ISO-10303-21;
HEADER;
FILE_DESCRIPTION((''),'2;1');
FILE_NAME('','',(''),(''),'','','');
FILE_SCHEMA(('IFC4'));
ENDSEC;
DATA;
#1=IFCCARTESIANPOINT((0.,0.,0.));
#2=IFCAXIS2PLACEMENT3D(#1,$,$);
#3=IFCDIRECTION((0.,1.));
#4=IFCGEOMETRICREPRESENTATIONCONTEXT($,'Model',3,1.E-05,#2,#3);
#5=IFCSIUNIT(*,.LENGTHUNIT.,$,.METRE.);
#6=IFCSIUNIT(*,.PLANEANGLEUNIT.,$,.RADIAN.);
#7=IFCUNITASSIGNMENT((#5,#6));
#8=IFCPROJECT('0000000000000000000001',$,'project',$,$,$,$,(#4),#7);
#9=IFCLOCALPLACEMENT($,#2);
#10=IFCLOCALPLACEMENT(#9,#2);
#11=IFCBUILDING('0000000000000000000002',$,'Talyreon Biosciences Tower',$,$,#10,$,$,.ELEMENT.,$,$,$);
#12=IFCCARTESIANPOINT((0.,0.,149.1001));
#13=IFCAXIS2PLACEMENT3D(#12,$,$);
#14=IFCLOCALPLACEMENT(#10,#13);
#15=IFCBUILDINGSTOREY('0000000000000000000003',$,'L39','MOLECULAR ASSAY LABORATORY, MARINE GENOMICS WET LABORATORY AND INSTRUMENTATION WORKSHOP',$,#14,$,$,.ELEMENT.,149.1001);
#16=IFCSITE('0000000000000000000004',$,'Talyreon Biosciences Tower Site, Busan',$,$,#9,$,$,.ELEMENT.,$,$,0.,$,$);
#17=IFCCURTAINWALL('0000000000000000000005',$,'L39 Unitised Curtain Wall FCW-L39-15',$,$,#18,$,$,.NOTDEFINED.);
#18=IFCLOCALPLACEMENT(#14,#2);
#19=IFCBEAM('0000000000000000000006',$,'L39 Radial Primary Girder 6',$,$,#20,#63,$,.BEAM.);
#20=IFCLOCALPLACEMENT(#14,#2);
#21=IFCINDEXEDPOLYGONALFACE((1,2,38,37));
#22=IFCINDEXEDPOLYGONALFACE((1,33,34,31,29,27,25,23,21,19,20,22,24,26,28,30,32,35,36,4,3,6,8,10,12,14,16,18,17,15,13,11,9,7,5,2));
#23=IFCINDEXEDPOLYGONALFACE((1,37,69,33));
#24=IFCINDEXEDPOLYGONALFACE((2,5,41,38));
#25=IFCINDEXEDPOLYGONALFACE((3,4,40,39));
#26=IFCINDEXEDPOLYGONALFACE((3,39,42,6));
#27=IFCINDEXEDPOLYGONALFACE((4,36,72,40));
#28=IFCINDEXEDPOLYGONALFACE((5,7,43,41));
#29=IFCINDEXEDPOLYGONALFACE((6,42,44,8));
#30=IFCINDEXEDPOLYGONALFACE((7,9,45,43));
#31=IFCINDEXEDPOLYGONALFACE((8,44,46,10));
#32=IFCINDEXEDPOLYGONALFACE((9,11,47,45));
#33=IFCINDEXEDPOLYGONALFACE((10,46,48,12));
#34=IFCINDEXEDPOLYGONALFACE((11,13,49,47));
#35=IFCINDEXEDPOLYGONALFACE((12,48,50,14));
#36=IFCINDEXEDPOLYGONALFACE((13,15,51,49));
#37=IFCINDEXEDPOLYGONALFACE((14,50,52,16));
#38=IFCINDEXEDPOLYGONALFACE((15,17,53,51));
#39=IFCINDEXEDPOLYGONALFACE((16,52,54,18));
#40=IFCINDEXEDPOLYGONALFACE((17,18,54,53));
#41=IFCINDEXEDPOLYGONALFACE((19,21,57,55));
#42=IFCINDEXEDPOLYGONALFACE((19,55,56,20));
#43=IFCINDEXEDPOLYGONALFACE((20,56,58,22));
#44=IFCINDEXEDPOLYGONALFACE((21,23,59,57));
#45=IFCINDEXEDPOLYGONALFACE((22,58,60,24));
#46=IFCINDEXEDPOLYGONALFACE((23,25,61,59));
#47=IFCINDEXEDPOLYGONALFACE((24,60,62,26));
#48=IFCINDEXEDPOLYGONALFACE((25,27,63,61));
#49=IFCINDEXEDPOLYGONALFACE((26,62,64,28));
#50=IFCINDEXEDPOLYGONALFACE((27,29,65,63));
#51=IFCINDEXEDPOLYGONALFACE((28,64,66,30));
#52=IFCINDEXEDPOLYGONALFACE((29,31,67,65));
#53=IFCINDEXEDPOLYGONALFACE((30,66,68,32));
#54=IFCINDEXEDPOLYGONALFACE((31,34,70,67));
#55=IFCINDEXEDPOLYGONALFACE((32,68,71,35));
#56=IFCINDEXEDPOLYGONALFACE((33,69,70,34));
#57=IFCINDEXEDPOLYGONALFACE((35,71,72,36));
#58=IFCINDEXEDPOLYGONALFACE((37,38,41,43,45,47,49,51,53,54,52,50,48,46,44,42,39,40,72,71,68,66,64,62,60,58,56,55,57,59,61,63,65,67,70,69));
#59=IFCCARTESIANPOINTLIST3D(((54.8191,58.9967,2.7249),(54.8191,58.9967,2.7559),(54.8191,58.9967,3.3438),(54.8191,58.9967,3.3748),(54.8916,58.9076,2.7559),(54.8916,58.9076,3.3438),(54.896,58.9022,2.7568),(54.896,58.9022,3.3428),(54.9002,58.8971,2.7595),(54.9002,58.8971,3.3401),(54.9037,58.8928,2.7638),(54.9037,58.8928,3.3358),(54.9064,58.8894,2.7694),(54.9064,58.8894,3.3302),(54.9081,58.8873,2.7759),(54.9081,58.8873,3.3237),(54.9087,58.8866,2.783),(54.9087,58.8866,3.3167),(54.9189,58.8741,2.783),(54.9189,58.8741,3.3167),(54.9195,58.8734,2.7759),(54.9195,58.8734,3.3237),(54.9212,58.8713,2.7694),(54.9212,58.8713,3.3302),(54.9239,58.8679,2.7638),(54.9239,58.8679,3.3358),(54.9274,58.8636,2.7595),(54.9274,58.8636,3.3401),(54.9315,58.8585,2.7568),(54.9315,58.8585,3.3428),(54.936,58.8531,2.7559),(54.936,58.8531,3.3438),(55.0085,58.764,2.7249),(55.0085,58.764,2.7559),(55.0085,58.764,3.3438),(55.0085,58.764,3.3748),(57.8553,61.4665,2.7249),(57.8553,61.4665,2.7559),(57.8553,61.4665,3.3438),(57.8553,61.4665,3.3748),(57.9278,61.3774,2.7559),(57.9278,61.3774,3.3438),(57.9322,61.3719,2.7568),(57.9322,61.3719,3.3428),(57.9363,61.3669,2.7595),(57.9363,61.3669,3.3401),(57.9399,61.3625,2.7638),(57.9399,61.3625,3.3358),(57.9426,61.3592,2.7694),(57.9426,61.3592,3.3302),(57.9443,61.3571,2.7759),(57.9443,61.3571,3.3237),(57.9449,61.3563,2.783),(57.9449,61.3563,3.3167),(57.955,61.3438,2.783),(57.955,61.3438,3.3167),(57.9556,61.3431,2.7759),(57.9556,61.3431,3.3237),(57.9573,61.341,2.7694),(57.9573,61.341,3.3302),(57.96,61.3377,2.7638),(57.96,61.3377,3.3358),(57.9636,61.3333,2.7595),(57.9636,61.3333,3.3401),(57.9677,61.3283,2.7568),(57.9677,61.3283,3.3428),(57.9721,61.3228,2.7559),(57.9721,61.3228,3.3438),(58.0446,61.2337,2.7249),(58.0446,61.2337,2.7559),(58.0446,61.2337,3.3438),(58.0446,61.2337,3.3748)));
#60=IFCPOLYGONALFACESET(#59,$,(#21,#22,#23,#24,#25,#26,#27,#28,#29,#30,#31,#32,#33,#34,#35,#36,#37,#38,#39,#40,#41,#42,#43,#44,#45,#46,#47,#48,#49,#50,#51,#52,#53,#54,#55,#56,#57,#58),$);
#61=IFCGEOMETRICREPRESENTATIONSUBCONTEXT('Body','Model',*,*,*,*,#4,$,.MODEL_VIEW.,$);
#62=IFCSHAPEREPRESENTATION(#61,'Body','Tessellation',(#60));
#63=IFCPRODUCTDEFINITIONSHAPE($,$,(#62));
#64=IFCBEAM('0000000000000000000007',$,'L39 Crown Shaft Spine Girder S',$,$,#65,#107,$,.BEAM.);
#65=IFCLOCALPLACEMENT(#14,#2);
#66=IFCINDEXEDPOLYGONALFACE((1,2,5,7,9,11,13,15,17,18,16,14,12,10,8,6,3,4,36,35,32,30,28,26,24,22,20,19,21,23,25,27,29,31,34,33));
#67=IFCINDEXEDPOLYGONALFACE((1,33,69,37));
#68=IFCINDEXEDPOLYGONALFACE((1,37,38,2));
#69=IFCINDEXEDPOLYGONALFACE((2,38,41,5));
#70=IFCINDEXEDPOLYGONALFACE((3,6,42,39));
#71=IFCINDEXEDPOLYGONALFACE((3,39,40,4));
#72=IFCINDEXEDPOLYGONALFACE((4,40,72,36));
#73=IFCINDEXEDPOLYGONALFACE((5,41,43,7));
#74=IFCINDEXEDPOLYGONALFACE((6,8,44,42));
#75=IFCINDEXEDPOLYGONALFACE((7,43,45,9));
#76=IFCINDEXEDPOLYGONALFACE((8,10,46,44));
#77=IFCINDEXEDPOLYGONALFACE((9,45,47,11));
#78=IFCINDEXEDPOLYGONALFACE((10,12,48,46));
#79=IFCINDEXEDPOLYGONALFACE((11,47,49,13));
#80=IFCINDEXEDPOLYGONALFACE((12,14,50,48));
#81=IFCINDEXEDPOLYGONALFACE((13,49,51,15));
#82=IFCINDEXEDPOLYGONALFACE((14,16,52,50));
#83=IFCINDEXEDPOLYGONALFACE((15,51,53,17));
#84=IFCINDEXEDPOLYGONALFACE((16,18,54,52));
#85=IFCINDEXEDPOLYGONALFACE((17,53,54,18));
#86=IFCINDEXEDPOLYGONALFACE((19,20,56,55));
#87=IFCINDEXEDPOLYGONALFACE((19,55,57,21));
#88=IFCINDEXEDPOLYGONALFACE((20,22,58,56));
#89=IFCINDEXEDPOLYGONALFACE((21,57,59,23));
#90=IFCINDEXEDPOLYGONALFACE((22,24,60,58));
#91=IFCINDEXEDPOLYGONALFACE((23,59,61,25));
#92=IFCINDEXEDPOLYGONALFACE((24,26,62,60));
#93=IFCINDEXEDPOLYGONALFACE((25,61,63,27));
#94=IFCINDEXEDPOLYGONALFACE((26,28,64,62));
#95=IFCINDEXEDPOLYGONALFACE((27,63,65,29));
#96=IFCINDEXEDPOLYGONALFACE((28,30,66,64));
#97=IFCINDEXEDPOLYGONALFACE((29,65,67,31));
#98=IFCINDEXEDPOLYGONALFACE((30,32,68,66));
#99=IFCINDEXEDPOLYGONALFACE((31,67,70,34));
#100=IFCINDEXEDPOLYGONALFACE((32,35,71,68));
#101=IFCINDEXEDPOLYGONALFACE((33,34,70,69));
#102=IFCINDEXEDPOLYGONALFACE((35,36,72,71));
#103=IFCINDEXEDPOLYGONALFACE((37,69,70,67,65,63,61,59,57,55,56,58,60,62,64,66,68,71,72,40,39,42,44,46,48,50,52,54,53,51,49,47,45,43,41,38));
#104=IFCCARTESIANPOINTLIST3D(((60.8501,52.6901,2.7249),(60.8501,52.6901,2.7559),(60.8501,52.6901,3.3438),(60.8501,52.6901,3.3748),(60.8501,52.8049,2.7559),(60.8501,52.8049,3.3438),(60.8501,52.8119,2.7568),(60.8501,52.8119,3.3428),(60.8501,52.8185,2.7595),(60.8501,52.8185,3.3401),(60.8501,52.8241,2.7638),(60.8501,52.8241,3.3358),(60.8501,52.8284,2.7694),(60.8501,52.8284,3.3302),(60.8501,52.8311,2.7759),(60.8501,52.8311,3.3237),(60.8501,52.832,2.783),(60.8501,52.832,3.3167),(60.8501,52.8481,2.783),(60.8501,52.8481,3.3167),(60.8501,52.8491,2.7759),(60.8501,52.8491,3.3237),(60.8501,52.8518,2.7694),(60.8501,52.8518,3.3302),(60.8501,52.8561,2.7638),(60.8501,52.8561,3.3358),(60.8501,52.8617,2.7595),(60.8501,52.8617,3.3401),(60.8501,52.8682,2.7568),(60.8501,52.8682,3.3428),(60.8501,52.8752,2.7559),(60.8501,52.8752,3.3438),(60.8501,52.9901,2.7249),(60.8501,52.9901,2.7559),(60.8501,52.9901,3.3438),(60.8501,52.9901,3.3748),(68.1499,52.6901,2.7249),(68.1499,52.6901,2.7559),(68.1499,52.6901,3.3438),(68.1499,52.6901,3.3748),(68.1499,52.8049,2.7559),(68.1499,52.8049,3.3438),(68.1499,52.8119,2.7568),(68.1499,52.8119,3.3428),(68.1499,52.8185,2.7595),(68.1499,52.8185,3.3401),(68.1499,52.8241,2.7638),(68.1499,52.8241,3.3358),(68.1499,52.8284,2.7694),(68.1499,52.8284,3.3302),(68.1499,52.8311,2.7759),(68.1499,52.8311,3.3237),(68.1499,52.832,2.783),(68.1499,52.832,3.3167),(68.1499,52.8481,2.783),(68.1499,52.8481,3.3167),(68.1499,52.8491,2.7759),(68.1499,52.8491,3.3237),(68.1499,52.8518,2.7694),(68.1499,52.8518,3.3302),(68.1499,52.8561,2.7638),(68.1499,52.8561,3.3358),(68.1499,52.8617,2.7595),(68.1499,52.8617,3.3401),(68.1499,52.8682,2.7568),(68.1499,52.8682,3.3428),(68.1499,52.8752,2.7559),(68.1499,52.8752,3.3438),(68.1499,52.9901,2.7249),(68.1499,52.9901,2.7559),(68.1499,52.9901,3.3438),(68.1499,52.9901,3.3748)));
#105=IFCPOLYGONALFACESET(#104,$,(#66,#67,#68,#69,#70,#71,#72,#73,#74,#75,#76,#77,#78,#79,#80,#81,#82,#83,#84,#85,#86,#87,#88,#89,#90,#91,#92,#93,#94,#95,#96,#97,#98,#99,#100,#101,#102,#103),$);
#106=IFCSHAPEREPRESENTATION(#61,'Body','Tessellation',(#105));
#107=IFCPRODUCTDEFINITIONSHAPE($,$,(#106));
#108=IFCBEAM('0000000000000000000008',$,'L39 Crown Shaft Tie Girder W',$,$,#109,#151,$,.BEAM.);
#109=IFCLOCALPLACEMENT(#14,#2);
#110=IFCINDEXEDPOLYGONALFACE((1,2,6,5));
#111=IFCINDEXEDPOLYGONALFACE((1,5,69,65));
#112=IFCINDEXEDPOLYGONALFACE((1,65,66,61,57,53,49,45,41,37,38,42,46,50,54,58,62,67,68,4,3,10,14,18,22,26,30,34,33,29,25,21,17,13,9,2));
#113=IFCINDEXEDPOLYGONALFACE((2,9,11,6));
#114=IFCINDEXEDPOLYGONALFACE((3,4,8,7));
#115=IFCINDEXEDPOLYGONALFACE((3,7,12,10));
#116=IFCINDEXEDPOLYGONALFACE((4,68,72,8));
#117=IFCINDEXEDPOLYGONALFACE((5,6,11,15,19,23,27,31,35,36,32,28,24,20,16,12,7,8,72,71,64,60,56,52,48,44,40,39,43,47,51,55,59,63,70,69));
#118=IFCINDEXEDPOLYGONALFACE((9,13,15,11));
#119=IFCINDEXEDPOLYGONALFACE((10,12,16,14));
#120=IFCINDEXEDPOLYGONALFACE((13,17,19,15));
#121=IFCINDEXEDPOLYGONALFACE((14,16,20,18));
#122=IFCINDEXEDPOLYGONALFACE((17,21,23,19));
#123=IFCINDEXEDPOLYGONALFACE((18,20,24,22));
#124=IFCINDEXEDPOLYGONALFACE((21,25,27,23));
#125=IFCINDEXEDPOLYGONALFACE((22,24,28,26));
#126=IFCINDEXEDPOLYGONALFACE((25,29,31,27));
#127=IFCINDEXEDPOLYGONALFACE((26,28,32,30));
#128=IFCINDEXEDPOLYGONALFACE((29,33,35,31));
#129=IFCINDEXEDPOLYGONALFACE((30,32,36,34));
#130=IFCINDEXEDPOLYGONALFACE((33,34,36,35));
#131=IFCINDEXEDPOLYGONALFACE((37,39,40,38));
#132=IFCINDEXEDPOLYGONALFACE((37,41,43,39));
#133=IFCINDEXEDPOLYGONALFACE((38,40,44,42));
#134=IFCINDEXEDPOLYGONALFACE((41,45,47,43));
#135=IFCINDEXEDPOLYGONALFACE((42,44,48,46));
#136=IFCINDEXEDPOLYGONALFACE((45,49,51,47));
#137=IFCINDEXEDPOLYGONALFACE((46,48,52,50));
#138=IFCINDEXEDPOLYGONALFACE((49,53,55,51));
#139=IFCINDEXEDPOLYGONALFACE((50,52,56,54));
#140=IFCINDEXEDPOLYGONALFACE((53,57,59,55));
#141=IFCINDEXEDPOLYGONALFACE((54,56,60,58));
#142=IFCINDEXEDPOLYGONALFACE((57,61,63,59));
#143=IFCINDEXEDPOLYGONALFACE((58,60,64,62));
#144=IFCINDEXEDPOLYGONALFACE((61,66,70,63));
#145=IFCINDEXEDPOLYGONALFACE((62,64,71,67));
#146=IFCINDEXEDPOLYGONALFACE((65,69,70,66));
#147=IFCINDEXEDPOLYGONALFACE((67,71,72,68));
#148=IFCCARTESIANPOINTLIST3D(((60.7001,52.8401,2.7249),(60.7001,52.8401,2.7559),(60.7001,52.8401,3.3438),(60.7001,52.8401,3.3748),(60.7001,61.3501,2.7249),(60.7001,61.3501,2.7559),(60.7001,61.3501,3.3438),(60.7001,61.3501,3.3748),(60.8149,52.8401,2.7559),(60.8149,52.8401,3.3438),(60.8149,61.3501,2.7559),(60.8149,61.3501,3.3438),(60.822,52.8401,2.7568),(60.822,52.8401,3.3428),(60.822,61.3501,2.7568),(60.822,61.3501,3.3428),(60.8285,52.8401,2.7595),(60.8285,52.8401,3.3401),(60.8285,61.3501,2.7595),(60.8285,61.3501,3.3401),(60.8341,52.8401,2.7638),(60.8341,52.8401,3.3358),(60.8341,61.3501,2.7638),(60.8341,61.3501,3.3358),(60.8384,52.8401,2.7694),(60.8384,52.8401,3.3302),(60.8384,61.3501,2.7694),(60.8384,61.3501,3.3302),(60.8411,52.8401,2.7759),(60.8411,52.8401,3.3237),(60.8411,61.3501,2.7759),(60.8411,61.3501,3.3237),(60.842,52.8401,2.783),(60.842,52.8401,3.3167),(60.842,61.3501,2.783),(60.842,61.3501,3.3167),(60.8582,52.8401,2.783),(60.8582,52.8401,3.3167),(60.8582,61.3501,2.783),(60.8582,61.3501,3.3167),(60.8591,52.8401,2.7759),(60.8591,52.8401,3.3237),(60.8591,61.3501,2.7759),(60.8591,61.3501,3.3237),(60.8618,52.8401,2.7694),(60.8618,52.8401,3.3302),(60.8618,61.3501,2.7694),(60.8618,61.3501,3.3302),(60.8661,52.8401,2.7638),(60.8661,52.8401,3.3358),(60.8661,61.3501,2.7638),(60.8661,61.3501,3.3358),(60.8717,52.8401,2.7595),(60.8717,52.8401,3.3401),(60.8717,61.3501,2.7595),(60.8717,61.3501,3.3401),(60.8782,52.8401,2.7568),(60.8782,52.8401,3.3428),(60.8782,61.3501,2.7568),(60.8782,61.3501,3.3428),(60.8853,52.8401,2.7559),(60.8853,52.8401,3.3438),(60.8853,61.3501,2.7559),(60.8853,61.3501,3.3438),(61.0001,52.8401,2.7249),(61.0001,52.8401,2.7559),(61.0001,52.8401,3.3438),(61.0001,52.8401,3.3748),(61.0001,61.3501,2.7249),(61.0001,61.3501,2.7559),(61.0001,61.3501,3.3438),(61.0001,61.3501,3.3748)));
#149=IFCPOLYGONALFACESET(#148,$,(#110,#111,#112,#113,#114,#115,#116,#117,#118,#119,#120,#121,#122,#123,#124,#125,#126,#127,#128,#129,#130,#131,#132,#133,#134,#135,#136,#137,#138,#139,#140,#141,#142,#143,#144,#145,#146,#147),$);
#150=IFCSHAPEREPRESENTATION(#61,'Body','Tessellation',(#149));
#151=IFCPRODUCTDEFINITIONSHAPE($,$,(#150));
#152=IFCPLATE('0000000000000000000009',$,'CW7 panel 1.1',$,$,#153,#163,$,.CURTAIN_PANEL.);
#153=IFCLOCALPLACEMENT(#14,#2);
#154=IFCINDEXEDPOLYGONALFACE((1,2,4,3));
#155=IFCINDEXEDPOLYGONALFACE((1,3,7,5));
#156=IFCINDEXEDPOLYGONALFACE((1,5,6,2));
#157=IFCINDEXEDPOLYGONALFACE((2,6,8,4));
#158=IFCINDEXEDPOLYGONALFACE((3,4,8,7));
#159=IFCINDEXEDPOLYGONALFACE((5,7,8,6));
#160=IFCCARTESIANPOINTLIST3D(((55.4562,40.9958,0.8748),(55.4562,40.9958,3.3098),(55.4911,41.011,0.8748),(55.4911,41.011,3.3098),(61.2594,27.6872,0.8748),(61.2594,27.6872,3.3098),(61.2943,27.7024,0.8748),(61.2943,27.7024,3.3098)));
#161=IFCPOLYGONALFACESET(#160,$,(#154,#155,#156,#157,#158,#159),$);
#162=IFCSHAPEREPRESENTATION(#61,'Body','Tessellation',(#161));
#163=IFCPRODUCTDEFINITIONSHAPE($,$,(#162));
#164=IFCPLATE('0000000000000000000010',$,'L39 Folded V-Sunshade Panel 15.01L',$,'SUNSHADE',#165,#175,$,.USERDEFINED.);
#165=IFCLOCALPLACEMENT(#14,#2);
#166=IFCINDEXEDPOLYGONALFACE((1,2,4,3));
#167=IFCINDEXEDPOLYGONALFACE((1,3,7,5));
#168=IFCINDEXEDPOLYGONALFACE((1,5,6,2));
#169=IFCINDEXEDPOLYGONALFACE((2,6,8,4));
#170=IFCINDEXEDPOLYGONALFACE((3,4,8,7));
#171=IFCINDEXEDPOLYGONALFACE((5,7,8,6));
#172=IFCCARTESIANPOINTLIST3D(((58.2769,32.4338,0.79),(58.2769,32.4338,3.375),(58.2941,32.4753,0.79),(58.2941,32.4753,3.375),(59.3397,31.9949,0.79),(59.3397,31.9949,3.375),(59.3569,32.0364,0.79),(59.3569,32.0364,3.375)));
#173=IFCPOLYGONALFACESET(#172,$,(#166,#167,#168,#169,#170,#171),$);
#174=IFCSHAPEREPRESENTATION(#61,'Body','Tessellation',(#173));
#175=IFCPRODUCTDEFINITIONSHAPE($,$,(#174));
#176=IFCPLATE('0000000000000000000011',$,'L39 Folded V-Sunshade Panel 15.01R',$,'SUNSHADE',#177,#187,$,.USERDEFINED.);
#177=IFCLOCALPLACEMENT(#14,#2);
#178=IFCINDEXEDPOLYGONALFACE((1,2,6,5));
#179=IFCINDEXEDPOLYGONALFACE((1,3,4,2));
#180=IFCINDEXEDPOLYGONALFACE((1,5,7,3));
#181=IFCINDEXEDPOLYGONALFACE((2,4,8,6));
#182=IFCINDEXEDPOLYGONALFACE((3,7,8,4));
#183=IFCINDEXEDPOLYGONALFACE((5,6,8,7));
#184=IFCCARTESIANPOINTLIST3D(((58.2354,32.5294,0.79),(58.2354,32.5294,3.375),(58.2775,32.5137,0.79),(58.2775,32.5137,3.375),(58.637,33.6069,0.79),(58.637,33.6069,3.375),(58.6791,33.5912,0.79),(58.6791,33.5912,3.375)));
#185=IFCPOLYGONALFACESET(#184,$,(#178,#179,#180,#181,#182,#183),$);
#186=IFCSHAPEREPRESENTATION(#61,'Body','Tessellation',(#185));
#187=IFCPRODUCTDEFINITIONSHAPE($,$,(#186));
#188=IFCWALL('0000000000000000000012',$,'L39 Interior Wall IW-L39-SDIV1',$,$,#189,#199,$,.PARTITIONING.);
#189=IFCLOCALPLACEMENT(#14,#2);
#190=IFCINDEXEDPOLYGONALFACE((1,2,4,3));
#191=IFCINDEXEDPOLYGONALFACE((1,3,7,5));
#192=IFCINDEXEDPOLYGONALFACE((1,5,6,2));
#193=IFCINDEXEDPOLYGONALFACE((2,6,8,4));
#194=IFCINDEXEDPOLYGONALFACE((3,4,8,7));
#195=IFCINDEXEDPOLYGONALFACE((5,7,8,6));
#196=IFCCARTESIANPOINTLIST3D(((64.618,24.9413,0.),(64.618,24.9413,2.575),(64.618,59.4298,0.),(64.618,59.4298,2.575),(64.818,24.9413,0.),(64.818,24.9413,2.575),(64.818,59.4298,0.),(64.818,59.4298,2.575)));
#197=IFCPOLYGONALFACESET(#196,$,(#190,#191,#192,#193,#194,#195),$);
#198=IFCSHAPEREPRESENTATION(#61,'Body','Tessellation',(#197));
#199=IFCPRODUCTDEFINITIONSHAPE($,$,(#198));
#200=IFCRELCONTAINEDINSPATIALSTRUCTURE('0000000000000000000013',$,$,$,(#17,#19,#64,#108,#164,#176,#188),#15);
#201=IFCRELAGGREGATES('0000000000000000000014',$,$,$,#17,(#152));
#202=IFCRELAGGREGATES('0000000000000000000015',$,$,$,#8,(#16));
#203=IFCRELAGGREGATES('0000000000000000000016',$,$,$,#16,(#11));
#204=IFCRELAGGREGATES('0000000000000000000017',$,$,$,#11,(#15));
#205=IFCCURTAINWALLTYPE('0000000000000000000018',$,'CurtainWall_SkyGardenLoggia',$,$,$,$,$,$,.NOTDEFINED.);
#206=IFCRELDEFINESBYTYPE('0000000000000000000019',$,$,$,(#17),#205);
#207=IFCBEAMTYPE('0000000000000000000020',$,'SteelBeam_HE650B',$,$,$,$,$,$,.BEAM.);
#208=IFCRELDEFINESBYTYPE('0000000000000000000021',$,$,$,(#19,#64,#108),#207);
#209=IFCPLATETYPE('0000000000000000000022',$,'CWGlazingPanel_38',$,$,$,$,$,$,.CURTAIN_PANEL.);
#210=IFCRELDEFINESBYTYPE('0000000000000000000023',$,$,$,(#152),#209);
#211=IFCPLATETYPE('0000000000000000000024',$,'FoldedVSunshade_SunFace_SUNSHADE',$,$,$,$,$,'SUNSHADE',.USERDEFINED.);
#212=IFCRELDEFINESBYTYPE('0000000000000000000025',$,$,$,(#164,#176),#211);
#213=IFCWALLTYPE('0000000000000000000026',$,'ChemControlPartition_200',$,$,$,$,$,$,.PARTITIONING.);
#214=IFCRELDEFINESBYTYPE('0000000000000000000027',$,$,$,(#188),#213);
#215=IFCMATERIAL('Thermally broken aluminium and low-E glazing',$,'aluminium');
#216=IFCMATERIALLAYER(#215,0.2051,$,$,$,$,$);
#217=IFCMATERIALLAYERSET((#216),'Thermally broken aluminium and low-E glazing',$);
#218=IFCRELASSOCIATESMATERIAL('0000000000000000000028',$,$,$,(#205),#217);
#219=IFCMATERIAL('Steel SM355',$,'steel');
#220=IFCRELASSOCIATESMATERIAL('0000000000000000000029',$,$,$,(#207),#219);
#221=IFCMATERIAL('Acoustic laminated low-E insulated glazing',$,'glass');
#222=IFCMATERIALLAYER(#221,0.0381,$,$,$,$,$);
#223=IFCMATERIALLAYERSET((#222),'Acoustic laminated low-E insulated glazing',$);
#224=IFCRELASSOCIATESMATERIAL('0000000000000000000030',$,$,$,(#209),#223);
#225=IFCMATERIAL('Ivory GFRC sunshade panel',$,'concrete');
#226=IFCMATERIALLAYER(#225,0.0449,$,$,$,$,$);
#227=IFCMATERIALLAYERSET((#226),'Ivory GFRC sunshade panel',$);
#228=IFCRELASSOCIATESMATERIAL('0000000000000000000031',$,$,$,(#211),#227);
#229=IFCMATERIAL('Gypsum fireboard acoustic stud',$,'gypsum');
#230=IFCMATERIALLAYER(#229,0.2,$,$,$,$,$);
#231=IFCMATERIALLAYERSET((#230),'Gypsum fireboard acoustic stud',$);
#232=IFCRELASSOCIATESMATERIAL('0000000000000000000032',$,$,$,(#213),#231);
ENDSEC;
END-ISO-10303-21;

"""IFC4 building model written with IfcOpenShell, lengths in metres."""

from ifc_helpers import new_model, si_unit, direction, frame, frame_2d, origin, origin_2d, place, context, subcontext, project, spatial, rectangle, i_section, extrude, material, layer, layer_set, material_profile, profile_set, type_object, element, aggregate, save


model = new_model("IFC4")

# Units and contexts
model_context = context("Model", 3, precision=1e-05, world=origin(), true_north=direction((0.0, 1.0)))
body_context = subcontext(model_context, "Body", "Model", "MODEL_VIEW")
ifc_project = project(units=[si_unit("LENGTHUNIT", "METRE"), si_unit("PLANEANGLEUNIT", "RADIAN")], contexts=[model_context])

# Site, building, storey
site_placement = place(None, origin())
site = spatial("IfcSite", under=ifc_project, at=site_placement, Name="Talyreon Biosciences Tower Site, Busan", CompositionType="ELEMENT", RefElevation=0.0)
building_placement = place(site_placement, origin())
building = spatial("IfcBuilding", under=site, at=building_placement, Name="Talyreon Biosciences Tower", CompositionType="ELEMENT")
storey_placement = place(building_placement, frame((0.0, 0.0, 149.1001)))
storey = spatial("IfcBuildingStorey", under=building, at=storey_placement, Name="L39", Description="MOLECULAR ASSAY LABORATORY, MARINE GENOMICS WET LABORATORY AND INSTRUMENTATION WORKSHOP", CompositionType="ELEMENT", Elevation=149.1001)

# Curtain wall
ifc_material_1 = material(Name="Thermally broken aluminium and low-E glazing", Category="aluminium")
ifc_layer_1 = layer(ifc_material_1, 0.2051)
ifc_layer_set_1 = layer_set([ifc_layer_1], Name="Thermally broken aluminium and low-E glazing")
curtain_wall_type = type_object("IfcCurtainWallType", Name="CurtainWall_SkyGardenLoggia", PredefinedType="NOTDEFINED", material=ifc_layer_set_1)
curtain_wall_placement = place(storey_placement, origin())
curtain_wall = element("IfcCurtainWall", 1, at=curtain_wall_placement, inside=storey, type_object=curtain_wall_type, Name="L39 Unitised Curtain Wall FCW-L39-15", PredefinedType="NOTDEFINED")

# Beams
ifc_material_2 = material(Name="Steel SM355", Category="steel")
ifc_material_profile_1 = material_profile(ifc_material_2, i_section(OverallWidth=0.3, OverallDepth=0.6499, WebThickness=0.0161, FlangeThickness=0.031, FilletRadius=0.0271, at=origin_2d()), Name="HE650B")
ifc_profile_set_1 = profile_set([ifc_material_profile_1], Name="Steel SM355")
beam_type_1 = type_object("IfcBeamType", Name="SteelBeam_HE650B", PredefinedType="BEAM", material=ifc_profile_set_1)
beam_1_placement = place(storey_placement, frame((57.95, 61.3501, 3.0498), z_axis=(-0.775755, -0.631034, 0.0), x_axis=(0.631034, -0.775755, 0.0)))
element("IfcBeam", 2, at=beam_1_placement, inside=storey, type_object=beam_type_1, Name="L39 Radial Primary Girder 6", PredefinedType="BEAM", context=body_context, shape_type="SweptSolid", body=[
    extrude(i_section(OverallWidth=0.3, OverallDepth=0.6499, WebThickness=0.0161, FlangeThickness=0.031, FilletRadius=0.0271, at=origin_2d()), origin(), (0.0, 0.0, 1.0), 3.9138),
])
beam_2_placement = place(storey_placement, frame((60.8501, 52.8401, 3.0498), z_axis=(1.0, 0.0, 0.0), x_axis=(0.0, 1.0, 0.0)))
element("IfcBeam", 3, at=beam_2_placement, inside=storey, type_object=beam_type_1, Name="L39 Crown Shaft Spine Girder S", PredefinedType="BEAM", context=body_context, shape_type="SweptSolid", body=[
    extrude(i_section(OverallWidth=0.3, OverallDepth=0.6499, WebThickness=0.0161, FlangeThickness=0.031, FilletRadius=0.0271, at=origin_2d()), origin(), (0.0, 0.0, 1.0), 7.2998),
])
beam_3_placement = place(storey_placement, frame((60.8501, 52.8401, 3.0498), z_axis=(0.0, 1.0, 0.0), x_axis=(-1.0, 0.0, 0.0)))
element("IfcBeam", 4, at=beam_3_placement, inside=storey, type_object=beam_type_1, Name="L39 Crown Shaft Tie Girder W", PredefinedType="BEAM", context=body_context, shape_type="SweptSolid", body=[
    extrude(i_section(OverallWidth=0.3, OverallDepth=0.6499, WebThickness=0.0161, FlangeThickness=0.031, FilletRadius=0.0271, at=origin_2d()), origin(), (0.0, 0.0, 1.0), 8.51),
])

# Plate
ifc_material_3 = material(Name="Acoustic laminated low-E insulated glazing", Category="glass")
ifc_layer_2 = layer(ifc_material_3, 0.0381)
ifc_layer_set_2 = layer_set([ifc_layer_2], Name="Acoustic laminated low-E insulated glazing")
plate_type_1 = type_object("IfcPlateType", Name="CWGlazingPanel_38", PredefinedType="CURTAIN_PANEL", material=ifc_layer_set_2)
plate_placement = place(storey_placement, frame((58.3752, 34.3491, 0.8748), z_axis=(0.0, 0.0, 1.0), x_axis=(-0.399698, 0.916647, 0.0)))
plate = element("IfcPlate", 5, at=plate_placement, type_object=plate_type_1, Name="CW7 panel 1.1", PredefinedType="CURTAIN_PANEL", context=body_context, shape_type="SweptSolid", body=[
    extrude(rectangle(XDim=14.5188, YDim=0.0381, at=origin_2d()), origin(), (0.0, 0.0, 1.0), 2.4351),
])
aggregate(curtain_wall, [plate])

# Plates
ifc_material_4 = material(Name="Ivory GFRC sunshade panel", Category="concrete")
ifc_layer_3 = layer(ifc_material_4, 0.0449)
ifc_layer_set_3 = layer_set([ifc_layer_3], Name="Ivory GFRC sunshade panel")
plate_type_2 = type_object("IfcPlateType", Name="FoldedVSunshade_SunFace_SUNSHADE", ElementType="SUNSHADE", PredefinedType="USERDEFINED", material=ifc_layer_set_3)
for number, where, z_axis, x_axis, name in (
    (6, (58.8169, 32.2351, 0.79), (0.0, 0.0, 1.0), (-0.924273, 0.381732, 0.0), "L39 Folded V-Sunshade Panel 15.01L"),
    (7, (58.4573, 33.0603, 0.79), (0.0, 0.0, 1.0), (0.349243, 0.937032, 0.0), "L39 Folded V-Sunshade Panel 15.01R"),
):
    element("IfcPlate", number, at=place(storey_placement, frame(where, z_axis=z_axis, x_axis=x_axis)), inside=storey, type_object=plate_type_2, Name=name, ObjectType="SUNSHADE", PredefinedType="USERDEFINED", context=body_context, shape_type="SweptSolid", body=[
        extrude(rectangle(XDim=1.1499, YDim=0.0449, at=origin_2d()), origin(), (0.0, 0.0, 1.0), 2.585),
    ])

# Wall
ifc_material_5 = material(Name="Gypsum fireboard acoustic stud", Category="gypsum")
ifc_layer_4 = layer(ifc_material_5, 0.2)
ifc_layer_set_4 = layer_set([ifc_layer_4], Name="Gypsum fireboard acoustic stud")
wall_type_1 = type_object("IfcWallType", Name="ChemControlPartition_200", PredefinedType="PARTITIONING", material=ifc_layer_set_4)
wall_1_placement = place(storey_placement, frame((64.718, 24.9414, 0.0), z_axis=(0.0, 0.0, 1.0), x_axis=(0.0, 1.0, 0.0)))
element("IfcWall", 8, at=wall_1_placement, inside=storey, type_object=wall_type_1, Name="L39 Interior Wall IW-L39-SDIV1", PredefinedType="PARTITIONING", context=body_context, shape_type="SweptSolid", body=[
    extrude(rectangle(XDim=34.4885, YDim=0.2, at=frame_2d((17.2441, 0.0))), origin(), (0.0, 0.0, 1.0), 2.575),
])

save(model, "model.ifc")
